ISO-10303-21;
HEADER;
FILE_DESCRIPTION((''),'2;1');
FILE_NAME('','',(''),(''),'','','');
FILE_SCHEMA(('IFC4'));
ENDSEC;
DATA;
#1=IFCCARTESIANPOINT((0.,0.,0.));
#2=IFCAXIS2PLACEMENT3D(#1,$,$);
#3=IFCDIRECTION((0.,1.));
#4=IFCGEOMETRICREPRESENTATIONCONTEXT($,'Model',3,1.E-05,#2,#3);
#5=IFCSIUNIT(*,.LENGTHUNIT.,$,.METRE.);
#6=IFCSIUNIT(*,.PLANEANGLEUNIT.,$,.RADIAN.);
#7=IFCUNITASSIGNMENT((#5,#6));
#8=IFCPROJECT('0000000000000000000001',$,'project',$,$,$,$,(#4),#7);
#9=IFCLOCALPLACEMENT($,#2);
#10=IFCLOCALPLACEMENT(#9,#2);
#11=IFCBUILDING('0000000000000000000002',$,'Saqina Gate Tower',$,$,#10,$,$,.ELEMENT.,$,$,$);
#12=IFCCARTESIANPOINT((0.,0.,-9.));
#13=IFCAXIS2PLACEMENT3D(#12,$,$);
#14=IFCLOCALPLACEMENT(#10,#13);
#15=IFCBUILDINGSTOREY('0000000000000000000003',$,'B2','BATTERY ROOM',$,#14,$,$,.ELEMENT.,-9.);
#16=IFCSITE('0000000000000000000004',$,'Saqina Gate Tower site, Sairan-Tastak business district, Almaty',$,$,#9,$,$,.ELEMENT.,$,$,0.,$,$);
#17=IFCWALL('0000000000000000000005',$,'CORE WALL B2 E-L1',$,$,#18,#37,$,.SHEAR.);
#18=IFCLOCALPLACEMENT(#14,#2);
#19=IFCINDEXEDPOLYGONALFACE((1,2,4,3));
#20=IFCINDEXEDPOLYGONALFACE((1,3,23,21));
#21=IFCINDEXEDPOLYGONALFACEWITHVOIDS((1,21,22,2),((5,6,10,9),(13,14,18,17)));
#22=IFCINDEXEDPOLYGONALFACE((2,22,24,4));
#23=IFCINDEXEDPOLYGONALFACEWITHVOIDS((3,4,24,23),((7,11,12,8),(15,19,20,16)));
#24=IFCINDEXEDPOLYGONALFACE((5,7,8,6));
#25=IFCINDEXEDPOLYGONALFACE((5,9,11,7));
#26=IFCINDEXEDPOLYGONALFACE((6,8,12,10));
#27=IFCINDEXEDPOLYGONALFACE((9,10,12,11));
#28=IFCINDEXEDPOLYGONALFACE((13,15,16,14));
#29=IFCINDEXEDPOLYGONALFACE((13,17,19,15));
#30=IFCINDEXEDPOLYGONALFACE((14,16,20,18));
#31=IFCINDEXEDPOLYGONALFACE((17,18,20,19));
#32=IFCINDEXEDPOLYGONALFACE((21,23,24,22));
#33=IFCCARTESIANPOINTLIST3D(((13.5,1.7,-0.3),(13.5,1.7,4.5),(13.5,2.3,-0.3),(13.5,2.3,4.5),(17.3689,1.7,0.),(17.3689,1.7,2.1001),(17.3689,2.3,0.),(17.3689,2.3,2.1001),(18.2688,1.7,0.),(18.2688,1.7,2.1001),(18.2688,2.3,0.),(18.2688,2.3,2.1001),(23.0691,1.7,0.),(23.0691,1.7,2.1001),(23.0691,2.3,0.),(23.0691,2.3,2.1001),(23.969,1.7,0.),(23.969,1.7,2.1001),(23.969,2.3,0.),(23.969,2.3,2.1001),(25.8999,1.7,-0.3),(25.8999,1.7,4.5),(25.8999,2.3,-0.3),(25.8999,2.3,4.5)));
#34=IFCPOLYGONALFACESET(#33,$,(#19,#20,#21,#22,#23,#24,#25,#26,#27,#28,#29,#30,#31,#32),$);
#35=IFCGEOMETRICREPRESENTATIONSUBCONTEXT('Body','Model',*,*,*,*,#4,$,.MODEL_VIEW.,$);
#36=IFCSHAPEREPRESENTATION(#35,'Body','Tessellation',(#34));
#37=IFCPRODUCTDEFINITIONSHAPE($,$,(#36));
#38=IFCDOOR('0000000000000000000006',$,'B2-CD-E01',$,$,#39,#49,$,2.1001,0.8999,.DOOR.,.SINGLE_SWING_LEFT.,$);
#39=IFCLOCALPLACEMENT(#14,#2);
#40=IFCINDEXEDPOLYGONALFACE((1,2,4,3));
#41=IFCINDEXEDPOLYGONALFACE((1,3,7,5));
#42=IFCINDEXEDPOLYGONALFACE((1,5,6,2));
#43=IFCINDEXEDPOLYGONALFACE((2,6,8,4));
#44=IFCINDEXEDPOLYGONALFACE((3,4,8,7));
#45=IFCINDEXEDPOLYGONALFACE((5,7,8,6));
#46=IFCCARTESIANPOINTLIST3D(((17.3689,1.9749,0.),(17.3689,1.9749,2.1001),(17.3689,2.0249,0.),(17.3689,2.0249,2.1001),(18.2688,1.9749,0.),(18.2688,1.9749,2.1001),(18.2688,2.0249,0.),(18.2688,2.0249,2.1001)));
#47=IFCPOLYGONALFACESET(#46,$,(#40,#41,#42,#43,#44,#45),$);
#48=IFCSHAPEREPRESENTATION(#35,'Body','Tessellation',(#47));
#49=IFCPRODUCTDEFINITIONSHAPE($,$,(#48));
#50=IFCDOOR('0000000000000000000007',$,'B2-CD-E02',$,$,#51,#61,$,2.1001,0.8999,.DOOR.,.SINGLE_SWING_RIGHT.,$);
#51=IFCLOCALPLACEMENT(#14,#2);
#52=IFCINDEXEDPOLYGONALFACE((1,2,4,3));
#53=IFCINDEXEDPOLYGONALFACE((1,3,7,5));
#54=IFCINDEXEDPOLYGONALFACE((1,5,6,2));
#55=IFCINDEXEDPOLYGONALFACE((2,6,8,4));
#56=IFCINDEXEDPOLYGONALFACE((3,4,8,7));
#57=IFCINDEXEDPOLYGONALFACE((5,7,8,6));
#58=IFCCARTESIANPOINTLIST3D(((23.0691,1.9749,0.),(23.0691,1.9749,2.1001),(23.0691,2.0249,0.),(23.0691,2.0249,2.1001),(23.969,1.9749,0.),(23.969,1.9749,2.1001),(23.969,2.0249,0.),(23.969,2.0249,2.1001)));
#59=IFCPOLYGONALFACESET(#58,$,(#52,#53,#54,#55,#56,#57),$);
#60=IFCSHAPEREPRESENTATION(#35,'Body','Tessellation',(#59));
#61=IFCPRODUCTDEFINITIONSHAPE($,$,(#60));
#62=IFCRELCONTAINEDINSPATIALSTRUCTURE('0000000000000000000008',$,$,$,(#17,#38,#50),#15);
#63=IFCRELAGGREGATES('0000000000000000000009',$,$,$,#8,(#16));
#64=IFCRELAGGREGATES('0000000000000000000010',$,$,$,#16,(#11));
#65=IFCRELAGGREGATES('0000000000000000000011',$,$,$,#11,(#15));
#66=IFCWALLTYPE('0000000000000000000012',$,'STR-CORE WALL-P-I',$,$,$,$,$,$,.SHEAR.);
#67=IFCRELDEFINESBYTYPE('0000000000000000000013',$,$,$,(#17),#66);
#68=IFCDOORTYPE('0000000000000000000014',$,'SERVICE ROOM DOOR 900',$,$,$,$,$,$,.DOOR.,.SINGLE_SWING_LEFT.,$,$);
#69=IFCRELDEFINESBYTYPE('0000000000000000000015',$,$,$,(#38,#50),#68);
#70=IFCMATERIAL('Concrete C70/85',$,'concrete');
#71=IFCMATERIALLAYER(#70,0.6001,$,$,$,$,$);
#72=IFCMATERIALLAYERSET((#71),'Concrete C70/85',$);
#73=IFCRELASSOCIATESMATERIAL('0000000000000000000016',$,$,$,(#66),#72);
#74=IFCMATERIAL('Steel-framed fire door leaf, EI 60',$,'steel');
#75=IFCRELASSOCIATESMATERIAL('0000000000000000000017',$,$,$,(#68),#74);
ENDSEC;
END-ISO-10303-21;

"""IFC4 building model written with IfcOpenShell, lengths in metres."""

from ifc_helpers import new_model, si_unit, direction, frame, frame_2d, origin, place, context, subcontext, project, spatial, rectangle, extrude, material, layer, layer_set, type_object, element, fill, save


model = new_model("IFC4")

# Units and contexts
model_context = context("Model", 3, precision=1e-05, world=origin(), true_north=direction((0.0, 1.0)))
body_context = subcontext(model_context, "Body", "Model", "MODEL_VIEW")
ifc_project = project(units=[si_unit("LENGTHUNIT", "METRE"), si_unit("PLANEANGLEUNIT", "RADIAN")], contexts=[model_context])

# Site, building, storey
site_placement = place(None, origin())
site = spatial("IfcSite", under=ifc_project, at=site_placement, Name="Saqina Gate Tower site, Sairan-Tastak business district, Almaty", CompositionType="ELEMENT", RefElevation=0.0)
building_placement = place(site_placement, origin())
building = spatial("IfcBuilding", under=site, at=building_placement, Name="Saqina Gate Tower", CompositionType="ELEMENT")
storey_placement = place(building_placement, frame((0.0, 0.0, -9.0)))
storey = spatial("IfcBuildingStorey", under=building, at=storey_placement, Name="B2", Description="BATTERY ROOM", CompositionType="ELEMENT", Elevation=-9.0)

# Wall, openings, doors
ifc_material_1 = material(Name="Concrete C70/85", Category="concrete")
ifc_layer_1 = layer(ifc_material_1, 0.6001)
ifc_layer_set_1 = layer_set([ifc_layer_1], Name="Concrete C70/85")
wall_type_1 = type_object("IfcWallType", Name="STR-CORE WALL-P-I", PredefinedType="SHEAR", material=ifc_layer_set_1)
wall_1_placement = place(storey_placement, frame((13.5, 2.0, -0.3), z_axis=(0.0, 0.0, 1.0), x_axis=(1.0, 0.0, 0.0)))
wall_1 = element("IfcWall", 1, at=wall_1_placement, inside=storey, type_object=wall_type_1, Name="CORE WALL B2 E-L1", PredefinedType="SHEAR", context=body_context, shape_type="SweptSolid", body=[
    extrude(rectangle(XDim=12.3999, YDim=0.6001, at=frame_2d((6.2, 0.0))), origin(), (0.0, 0.0, 1.0), 4.8),
])
opening_1_placement = place(wall_1_placement, frame((3.8689, 0.0, 0.3)))
opening_1 = element("IfcOpeningElement", 2, at=opening_1_placement, cuts=wall_1, PredefinedType="OPENING", context=body_context, shape_type="SweptSolid", body=[
    extrude(rectangle(XDim=0.8999, YDim=2.1001, at=frame_2d((0.45, 1.05))), frame((0.0, 0.312, 0.0), z_axis=(0.0, -1.0, 0.0), x_axis=(1.0, 0.0, 0.0)), (0.0, 0.0, 1.0), 0.624),
])
opening_2_placement = place(wall_1_placement, frame((9.5691, 0.0, 0.3)))
opening_2 = element("IfcOpeningElement", 3, at=opening_2_placement, cuts=wall_1, PredefinedType="OPENING", context=body_context, shape_type="SweptSolid", body=[
    extrude(rectangle(XDim=0.8999, YDim=2.1001, at=frame_2d((0.45, 1.05))), frame((0.0, 0.312, 0.0), z_axis=(0.0, -1.0, 0.0), x_axis=(1.0, 0.0, 0.0)), (0.0, 0.0, 1.0), 0.624),
])
ifc_material_2 = material(Name="Steel-framed fire door leaf, EI 60", Category="steel")
door_type_1 = type_object("IfcDoorType", Name="SERVICE ROOM DOOR 900", OperationType="SINGLE_SWING_LEFT", PredefinedType="DOOR", material=ifc_material_2)
door_1_placement = place(opening_1_placement, origin())
door_1 = element("IfcDoor", 4, at=door_1_placement, inside=storey, type_object=door_type_1, Name="B2-CD-E01", OperationType="SINGLE_SWING_LEFT", OverallHeight=2.1001, OverallWidth=0.8999, PredefinedType="DOOR", context=body_context, shape_type="SweptSolid", body=[
    extrude(rectangle(XDim=0.8999, YDim=2.1001, at=frame_2d((0.45, 1.05))), frame((0.0, 0.0249, 0.0), z_axis=(0.0, -1.0, 0.0), x_axis=(1.0, 0.0, 0.0)), (0.0, 0.0, 1.0), 0.05),
])
fill(opening_1, door_1)
door_2_placement = place(opening_2_placement, origin())
door_2 = element("IfcDoor", 5, at=door_2_placement, inside=storey, type_object=door_type_1, Name="B2-CD-E02", OperationType="SINGLE_SWING_RIGHT", OverallHeight=2.1001, OverallWidth=0.8999, PredefinedType="DOOR", context=body_context, shape_type="SweptSolid", body=[
    extrude(rectangle(XDim=0.8999, YDim=2.1001, at=frame_2d((0.45, 1.05))), frame((0.0, 0.0249, 0.0), z_axis=(0.0, -1.0, 0.0), x_axis=(1.0, 0.0, 0.0)), (0.0, 0.0, 1.0), 0.05),
])
fill(opening_2, door_2)

save(model, "model.ifc")
